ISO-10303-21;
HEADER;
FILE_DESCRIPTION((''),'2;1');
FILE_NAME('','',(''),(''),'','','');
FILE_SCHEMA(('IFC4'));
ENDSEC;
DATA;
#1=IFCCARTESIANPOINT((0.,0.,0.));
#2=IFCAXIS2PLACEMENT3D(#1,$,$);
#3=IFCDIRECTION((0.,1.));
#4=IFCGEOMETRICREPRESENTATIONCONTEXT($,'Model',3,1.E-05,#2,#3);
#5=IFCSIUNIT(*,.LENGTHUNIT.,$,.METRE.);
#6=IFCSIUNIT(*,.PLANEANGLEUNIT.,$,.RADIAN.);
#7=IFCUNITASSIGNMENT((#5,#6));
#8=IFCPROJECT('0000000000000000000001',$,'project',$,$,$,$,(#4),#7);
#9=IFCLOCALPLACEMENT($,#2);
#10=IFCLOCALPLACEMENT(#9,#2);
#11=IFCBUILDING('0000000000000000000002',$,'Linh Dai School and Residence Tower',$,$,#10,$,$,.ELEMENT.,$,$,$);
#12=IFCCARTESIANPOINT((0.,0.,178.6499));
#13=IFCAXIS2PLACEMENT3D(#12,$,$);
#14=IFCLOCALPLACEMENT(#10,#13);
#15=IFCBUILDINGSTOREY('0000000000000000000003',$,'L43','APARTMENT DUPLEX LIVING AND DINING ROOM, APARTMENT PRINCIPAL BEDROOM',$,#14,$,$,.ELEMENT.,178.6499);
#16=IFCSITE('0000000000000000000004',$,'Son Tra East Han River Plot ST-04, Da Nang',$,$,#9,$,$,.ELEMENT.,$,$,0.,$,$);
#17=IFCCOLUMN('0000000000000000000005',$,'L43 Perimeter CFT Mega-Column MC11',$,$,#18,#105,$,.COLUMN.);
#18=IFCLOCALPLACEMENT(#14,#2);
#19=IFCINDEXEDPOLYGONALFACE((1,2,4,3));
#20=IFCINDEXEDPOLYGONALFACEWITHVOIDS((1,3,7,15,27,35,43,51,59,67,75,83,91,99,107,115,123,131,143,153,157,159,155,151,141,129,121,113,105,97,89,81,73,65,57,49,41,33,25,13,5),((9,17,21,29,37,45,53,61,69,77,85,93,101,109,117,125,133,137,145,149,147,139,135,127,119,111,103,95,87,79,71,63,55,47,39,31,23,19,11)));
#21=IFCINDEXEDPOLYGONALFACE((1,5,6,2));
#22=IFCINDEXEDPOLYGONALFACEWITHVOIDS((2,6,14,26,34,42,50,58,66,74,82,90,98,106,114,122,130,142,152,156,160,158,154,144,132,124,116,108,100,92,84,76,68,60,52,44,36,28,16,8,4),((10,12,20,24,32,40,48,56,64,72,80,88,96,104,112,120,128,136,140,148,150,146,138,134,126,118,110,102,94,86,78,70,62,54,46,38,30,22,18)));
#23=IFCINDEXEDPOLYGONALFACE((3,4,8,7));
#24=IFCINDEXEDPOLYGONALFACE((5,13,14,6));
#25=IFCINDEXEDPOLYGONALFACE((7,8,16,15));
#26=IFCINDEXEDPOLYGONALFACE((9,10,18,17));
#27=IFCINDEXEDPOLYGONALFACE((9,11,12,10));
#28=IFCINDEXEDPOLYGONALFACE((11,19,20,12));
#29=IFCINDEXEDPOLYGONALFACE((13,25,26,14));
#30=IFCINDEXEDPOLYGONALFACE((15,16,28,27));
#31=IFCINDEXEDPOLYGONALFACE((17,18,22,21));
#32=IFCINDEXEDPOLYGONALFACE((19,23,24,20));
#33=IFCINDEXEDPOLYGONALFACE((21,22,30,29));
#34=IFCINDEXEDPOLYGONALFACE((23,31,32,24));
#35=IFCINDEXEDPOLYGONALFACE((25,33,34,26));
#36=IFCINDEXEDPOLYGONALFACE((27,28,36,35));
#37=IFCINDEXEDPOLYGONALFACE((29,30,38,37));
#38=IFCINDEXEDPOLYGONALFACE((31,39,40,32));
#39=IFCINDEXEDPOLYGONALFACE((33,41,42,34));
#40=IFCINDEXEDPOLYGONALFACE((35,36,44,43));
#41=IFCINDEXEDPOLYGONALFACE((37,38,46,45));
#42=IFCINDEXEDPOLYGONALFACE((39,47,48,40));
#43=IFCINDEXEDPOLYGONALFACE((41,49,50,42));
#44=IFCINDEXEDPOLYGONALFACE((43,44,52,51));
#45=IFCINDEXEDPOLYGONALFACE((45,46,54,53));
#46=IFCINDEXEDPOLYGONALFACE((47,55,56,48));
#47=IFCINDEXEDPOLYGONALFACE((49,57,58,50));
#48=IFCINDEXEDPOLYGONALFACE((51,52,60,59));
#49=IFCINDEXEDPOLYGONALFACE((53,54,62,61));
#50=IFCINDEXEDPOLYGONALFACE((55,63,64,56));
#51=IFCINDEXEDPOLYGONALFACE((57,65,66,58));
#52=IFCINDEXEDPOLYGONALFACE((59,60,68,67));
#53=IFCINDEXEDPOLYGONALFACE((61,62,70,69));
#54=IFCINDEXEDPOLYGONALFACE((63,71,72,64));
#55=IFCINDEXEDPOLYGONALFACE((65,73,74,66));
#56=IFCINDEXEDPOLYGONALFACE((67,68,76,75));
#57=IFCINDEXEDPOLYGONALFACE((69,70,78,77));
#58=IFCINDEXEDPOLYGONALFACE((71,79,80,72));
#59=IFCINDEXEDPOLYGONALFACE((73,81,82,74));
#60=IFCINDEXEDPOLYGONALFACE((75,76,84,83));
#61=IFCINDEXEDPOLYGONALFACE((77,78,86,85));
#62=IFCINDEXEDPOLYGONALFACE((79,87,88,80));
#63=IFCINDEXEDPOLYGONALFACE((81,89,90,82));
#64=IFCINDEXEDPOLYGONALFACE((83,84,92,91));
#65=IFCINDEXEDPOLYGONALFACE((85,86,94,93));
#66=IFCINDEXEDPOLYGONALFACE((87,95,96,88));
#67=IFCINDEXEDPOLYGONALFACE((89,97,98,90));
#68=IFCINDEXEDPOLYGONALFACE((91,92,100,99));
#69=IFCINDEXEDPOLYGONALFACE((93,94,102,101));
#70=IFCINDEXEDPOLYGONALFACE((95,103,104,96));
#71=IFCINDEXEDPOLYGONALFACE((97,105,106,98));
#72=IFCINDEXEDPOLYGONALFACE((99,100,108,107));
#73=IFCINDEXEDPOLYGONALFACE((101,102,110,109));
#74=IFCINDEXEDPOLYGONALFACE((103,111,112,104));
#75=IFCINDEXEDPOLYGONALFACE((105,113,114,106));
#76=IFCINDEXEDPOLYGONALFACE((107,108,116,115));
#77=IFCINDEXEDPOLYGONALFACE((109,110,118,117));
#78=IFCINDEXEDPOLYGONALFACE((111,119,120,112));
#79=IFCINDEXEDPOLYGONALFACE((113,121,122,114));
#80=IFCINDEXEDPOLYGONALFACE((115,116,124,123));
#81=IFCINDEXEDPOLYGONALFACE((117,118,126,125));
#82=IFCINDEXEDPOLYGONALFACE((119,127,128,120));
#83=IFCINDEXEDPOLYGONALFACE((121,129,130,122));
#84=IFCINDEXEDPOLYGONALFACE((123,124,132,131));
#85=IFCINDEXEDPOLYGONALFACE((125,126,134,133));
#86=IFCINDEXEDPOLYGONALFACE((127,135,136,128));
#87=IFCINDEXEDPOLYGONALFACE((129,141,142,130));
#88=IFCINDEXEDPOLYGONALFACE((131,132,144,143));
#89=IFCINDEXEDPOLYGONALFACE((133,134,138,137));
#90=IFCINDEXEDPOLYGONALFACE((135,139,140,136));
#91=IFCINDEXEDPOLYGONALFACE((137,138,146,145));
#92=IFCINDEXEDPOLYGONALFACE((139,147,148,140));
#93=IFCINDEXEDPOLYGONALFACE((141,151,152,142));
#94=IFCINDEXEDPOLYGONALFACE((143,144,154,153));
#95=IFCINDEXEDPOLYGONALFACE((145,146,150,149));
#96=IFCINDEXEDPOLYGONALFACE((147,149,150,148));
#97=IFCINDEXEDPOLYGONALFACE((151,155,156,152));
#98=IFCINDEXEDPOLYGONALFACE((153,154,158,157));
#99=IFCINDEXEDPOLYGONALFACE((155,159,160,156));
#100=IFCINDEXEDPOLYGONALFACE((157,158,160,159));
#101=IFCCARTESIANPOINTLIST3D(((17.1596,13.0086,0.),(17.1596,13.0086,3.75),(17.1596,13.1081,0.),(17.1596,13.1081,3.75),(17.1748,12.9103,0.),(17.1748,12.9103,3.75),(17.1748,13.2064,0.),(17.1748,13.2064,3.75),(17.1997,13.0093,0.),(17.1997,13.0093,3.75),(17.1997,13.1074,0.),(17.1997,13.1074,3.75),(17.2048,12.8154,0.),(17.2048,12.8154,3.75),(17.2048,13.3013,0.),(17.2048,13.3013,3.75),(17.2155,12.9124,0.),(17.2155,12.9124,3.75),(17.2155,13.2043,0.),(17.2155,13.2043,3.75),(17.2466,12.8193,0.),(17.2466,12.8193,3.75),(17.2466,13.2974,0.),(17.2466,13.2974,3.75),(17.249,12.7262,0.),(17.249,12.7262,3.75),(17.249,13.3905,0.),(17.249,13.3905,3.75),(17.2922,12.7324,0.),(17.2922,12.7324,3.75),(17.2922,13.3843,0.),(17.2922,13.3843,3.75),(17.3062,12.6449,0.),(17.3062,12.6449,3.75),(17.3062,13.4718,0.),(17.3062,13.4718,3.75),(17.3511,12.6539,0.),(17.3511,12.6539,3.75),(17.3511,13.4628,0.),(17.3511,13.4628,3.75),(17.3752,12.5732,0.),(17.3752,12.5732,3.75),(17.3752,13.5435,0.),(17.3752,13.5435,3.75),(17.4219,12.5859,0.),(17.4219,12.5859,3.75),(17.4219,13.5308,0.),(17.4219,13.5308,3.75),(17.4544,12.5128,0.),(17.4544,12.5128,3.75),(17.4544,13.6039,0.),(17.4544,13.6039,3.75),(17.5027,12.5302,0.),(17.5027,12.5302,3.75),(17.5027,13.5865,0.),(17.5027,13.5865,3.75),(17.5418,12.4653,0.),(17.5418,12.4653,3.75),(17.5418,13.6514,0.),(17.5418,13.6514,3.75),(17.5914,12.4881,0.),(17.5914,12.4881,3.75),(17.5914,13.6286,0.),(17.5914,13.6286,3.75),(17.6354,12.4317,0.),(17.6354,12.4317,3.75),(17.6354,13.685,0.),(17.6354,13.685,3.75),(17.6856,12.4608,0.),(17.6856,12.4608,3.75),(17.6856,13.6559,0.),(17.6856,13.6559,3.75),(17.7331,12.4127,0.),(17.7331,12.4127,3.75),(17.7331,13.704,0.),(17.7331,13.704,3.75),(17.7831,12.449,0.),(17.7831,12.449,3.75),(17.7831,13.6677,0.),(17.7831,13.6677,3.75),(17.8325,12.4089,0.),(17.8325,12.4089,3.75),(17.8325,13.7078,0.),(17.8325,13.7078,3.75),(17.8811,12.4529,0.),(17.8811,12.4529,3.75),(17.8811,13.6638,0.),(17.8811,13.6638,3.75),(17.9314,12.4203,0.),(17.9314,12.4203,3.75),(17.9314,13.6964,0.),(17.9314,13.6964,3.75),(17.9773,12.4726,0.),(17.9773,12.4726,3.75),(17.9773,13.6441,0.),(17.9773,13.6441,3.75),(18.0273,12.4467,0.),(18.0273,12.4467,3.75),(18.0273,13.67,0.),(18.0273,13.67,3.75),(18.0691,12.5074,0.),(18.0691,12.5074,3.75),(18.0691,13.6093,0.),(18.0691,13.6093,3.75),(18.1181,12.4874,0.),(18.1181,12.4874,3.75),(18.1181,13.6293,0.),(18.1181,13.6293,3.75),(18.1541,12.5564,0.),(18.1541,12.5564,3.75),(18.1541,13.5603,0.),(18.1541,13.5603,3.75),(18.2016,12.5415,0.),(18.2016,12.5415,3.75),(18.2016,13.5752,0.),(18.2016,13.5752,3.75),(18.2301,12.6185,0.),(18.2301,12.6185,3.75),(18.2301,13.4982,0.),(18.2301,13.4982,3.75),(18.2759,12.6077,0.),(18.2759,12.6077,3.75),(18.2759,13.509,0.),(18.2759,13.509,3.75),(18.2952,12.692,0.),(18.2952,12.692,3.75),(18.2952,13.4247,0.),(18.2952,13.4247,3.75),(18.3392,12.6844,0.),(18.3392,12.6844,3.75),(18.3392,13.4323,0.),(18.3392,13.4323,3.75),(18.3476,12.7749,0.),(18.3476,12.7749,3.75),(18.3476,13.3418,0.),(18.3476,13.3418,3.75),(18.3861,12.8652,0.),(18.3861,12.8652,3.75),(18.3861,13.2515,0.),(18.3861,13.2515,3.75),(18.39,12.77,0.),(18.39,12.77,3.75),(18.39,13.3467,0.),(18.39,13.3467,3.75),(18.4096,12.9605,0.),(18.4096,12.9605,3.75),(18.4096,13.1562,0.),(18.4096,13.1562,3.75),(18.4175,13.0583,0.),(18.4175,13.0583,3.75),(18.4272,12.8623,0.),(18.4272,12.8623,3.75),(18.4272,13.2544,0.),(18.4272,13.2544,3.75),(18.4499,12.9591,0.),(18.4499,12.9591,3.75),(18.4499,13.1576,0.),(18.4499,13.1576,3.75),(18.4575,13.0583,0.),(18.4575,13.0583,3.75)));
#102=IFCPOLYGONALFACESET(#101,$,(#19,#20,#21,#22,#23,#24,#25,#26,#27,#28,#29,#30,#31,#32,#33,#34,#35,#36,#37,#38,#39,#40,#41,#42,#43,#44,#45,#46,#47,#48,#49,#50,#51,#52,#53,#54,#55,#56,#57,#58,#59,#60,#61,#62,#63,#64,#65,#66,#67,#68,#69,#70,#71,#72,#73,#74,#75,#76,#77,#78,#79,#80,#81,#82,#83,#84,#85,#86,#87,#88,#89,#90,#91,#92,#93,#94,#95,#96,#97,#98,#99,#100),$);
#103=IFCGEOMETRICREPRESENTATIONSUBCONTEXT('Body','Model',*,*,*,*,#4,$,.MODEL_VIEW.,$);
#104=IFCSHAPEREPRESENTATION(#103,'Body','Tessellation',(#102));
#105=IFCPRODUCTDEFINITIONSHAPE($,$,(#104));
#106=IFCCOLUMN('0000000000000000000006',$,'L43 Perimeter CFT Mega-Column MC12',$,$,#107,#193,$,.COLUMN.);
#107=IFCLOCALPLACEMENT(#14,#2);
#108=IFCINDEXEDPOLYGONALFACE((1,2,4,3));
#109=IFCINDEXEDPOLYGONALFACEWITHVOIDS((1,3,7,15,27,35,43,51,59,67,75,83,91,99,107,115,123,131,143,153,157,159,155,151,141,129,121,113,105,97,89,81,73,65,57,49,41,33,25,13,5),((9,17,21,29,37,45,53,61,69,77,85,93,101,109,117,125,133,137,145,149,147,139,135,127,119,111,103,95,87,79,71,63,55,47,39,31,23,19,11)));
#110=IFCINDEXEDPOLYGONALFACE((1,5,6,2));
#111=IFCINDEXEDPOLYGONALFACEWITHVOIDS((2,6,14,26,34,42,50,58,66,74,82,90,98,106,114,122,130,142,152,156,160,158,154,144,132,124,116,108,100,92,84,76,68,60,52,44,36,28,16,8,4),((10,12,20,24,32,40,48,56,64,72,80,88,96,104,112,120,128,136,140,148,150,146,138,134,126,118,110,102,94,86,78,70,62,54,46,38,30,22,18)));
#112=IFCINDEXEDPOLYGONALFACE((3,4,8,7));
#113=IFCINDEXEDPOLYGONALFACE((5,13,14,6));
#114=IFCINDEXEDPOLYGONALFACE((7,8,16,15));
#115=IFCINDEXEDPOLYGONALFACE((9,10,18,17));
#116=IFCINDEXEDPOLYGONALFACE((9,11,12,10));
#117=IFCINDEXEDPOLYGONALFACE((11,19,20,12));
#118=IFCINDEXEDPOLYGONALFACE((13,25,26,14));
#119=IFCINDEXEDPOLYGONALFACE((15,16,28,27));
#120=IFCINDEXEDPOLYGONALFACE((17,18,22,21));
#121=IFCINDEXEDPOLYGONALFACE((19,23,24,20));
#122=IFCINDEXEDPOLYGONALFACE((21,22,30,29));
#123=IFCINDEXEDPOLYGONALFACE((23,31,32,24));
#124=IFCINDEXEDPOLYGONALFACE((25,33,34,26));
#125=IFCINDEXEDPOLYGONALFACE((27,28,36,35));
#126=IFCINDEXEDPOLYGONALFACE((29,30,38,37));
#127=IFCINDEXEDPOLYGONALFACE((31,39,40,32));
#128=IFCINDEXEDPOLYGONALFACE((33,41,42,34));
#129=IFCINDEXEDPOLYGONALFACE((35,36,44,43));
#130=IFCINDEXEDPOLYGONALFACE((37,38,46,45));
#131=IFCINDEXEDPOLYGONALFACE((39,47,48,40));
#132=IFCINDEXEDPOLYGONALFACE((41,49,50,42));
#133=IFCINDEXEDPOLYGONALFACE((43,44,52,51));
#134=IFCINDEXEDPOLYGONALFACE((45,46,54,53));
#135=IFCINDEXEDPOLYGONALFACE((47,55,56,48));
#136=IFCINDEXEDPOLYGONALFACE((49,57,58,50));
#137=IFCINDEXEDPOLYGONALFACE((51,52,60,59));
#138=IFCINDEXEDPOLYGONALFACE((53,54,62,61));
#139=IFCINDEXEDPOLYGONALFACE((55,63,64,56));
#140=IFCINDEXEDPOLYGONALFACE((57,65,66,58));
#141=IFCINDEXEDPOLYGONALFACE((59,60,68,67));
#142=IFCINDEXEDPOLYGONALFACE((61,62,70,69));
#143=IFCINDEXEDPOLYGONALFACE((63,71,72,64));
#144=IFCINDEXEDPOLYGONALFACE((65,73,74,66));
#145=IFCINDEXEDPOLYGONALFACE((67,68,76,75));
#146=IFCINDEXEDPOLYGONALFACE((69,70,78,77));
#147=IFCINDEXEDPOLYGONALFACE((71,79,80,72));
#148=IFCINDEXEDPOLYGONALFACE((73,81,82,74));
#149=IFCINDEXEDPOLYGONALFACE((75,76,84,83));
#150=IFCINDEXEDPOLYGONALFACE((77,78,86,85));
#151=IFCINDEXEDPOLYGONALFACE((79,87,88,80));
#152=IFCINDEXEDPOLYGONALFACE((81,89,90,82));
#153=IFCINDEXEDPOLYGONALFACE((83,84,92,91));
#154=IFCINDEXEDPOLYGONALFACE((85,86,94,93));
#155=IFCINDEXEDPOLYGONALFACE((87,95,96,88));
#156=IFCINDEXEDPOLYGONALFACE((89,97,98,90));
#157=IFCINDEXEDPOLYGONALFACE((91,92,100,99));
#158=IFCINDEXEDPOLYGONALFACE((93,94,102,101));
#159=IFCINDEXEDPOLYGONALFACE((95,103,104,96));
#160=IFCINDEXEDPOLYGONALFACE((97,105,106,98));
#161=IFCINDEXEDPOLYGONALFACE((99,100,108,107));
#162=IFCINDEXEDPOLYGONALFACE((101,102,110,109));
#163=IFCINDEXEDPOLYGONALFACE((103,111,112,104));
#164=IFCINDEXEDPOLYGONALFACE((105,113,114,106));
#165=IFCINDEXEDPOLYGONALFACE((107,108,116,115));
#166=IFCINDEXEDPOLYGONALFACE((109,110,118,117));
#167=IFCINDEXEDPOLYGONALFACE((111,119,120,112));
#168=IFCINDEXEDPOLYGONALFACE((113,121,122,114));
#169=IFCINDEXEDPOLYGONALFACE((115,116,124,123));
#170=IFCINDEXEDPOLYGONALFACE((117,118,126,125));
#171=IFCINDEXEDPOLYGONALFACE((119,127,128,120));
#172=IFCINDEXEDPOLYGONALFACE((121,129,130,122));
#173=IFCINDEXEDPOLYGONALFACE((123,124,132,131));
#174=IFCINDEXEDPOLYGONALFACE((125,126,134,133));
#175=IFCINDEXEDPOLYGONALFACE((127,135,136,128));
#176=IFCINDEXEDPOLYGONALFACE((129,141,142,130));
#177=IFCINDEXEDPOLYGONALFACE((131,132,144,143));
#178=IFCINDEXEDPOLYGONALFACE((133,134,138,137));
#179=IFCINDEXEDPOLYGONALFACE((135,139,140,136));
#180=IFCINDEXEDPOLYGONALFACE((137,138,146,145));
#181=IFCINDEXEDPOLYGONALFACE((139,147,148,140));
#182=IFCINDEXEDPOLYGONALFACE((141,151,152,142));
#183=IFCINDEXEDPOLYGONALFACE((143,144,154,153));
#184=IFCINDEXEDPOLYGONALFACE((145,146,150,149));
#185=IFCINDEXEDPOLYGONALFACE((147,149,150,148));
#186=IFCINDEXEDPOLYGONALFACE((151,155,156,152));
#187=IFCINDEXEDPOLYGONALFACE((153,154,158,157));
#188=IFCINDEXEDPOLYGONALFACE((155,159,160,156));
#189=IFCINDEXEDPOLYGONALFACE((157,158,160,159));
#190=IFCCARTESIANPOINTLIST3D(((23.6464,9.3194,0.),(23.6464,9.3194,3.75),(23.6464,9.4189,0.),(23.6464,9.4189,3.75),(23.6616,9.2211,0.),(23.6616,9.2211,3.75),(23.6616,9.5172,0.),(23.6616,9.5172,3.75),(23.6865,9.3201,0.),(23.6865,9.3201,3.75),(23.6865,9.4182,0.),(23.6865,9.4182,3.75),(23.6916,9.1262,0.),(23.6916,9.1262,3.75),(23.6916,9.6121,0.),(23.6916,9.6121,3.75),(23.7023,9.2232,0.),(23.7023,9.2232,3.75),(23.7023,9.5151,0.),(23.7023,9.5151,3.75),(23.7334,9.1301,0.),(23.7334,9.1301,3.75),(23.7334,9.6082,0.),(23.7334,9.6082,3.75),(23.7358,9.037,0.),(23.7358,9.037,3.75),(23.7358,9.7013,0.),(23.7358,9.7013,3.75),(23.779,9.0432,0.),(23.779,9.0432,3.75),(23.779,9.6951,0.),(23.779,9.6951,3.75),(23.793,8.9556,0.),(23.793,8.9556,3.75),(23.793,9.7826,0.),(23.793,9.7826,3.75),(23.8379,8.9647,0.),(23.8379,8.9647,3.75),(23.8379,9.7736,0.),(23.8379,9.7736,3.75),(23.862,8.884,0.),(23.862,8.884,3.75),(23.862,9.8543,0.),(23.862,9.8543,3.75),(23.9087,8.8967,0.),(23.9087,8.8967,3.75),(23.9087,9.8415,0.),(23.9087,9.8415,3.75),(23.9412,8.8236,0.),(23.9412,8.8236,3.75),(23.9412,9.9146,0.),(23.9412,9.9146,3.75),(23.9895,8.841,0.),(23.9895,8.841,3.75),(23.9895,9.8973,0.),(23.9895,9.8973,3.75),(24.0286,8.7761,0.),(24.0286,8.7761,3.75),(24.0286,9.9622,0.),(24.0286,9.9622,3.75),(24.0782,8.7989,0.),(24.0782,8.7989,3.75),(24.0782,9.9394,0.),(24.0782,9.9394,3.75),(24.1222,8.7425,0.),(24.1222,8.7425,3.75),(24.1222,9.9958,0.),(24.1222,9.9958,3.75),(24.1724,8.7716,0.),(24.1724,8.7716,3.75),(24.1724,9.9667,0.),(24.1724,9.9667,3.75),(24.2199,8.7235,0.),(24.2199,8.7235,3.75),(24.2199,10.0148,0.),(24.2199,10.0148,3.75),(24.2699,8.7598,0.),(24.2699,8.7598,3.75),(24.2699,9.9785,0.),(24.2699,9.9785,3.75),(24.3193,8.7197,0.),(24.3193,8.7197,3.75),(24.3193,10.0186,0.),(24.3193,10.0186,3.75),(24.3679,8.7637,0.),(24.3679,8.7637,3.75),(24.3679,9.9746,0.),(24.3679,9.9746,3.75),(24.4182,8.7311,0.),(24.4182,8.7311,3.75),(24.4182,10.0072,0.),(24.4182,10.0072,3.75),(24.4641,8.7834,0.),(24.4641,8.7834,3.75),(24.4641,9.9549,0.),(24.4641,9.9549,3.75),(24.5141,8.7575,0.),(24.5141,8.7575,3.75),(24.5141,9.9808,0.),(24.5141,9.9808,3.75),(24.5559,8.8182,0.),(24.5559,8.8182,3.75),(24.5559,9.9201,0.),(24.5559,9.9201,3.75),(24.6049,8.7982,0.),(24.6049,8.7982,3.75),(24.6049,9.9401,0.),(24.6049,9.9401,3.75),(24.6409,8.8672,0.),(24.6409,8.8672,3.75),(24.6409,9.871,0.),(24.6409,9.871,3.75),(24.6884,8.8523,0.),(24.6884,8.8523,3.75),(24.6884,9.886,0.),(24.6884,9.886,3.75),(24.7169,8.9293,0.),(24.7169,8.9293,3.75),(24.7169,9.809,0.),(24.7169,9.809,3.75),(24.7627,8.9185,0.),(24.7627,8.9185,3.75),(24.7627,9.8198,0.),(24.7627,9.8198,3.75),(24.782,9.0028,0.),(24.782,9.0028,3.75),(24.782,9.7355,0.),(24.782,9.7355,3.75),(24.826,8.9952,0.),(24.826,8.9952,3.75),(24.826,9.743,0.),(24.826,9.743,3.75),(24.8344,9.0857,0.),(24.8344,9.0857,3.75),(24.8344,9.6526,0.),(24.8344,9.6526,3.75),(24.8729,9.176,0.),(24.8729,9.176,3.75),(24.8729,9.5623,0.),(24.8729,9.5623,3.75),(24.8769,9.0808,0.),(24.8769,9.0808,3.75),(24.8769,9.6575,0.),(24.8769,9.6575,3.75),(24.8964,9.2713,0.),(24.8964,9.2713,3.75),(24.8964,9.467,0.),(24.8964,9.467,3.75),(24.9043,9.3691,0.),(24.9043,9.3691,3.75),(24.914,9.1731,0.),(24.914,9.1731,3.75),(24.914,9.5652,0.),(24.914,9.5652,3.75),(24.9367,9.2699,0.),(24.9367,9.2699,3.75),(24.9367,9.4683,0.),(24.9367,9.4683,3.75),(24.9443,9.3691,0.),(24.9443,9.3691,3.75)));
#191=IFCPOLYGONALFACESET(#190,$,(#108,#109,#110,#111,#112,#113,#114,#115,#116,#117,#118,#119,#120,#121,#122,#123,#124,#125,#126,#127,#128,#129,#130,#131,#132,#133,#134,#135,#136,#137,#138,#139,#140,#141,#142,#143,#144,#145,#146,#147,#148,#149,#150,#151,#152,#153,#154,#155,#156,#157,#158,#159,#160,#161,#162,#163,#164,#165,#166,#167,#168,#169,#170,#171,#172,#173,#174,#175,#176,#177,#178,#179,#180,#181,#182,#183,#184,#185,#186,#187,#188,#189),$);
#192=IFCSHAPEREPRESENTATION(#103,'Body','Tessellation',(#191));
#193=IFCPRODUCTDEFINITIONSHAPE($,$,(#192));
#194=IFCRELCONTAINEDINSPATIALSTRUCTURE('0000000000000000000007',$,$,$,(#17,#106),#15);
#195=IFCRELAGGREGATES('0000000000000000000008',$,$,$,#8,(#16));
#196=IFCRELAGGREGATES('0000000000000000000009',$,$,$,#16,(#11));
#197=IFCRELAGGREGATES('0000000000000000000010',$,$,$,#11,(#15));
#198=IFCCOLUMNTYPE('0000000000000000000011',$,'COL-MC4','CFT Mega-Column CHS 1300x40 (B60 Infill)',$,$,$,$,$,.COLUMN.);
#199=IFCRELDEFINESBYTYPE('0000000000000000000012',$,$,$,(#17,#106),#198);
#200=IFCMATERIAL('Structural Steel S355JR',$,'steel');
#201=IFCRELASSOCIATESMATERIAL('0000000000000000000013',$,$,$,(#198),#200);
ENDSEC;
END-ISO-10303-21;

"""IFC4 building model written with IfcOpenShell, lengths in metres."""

from ifc_helpers import new_model, si_unit, direction, frame, origin, origin_2d, place, context, subcontext, project, spatial, hollow_circle, extrude, material, material_profile, profile_set, type_object, element, save


model = new_model("IFC4")

# Units and contexts
model_context = context("Model", 3, precision=1e-05, world=origin(), true_north=direction((0.0, 1.0)))
body_context = subcontext(model_context, "Body", "Model", "MODEL_VIEW")
ifc_project = project(units=[si_unit("LENGTHUNIT", "METRE"), si_unit("PLANEANGLEUNIT", "RADIAN")], contexts=[model_context])

# Site, building, storey
site_placement = place(None, origin())
site = spatial("IfcSite", under=ifc_project, at=site_placement, Name="Son Tra East Han River Plot ST-04, Da Nang", CompositionType="ELEMENT", RefElevation=0.0)
building_placement = place(site_placement, origin())
building = spatial("IfcBuilding", under=site, at=building_placement, Name="Linh Dai School and Residence Tower", CompositionType="ELEMENT")
storey_placement = place(building_placement, frame((0.0, 0.0, 178.6499)))
storey = spatial("IfcBuildingStorey", under=building, at=storey_placement, Name="L43", Description="APARTMENT DUPLEX LIVING AND DINING ROOM, APARTMENT PRINCIPAL BEDROOM", CompositionType="ELEMENT", Elevation=178.6499)

# Columns
ifc_material_1 = material(Name="Structural Steel S355JR", Category="steel")
ifc_material_profile_1 = material_profile(ifc_material_1, hollow_circle(Radius=0.6499, WallThickness=0.04, at=origin_2d()), Name="CHS 1300x40")
ifc_profile_set_1 = profile_set([ifc_material_profile_1], Name="Structural Steel S355JR")
column_type = type_object("IfcColumnType", Name="COL-MC4", Description="CFT Mega-Column CHS 1300x40 (B60 Infill)", PredefinedType="COLUMN", material=ifc_profile_set_1)
for number, where, z_axis, x_axis, name in (
    (1, (17.8076, 13.0583, 0.0), (0.0, 0.0, 1.0), (1.0, 0.0, 0.0), "L43 Perimeter CFT Mega-Column MC11"),
    (2, (24.2944, 9.3691, 0.0), (0.0, 0.0, 1.0), (1.0, 0.0, 0.0), "L43 Perimeter CFT Mega-Column MC12"),
):
    element("IfcColumn", number, at=place(storey_placement, frame(where, z_axis=z_axis, x_axis=x_axis)), inside=storey, type_object=column_type, Name=name, PredefinedType="COLUMN", context=body_context, shape_type="SweptSolid", body=[
        extrude(hollow_circle(Radius=0.6499, WallThickness=0.04, at=origin_2d()), origin(), (0.0, 0.0, 1.0), 3.75),
    ])

save(model, "model.ifc")
